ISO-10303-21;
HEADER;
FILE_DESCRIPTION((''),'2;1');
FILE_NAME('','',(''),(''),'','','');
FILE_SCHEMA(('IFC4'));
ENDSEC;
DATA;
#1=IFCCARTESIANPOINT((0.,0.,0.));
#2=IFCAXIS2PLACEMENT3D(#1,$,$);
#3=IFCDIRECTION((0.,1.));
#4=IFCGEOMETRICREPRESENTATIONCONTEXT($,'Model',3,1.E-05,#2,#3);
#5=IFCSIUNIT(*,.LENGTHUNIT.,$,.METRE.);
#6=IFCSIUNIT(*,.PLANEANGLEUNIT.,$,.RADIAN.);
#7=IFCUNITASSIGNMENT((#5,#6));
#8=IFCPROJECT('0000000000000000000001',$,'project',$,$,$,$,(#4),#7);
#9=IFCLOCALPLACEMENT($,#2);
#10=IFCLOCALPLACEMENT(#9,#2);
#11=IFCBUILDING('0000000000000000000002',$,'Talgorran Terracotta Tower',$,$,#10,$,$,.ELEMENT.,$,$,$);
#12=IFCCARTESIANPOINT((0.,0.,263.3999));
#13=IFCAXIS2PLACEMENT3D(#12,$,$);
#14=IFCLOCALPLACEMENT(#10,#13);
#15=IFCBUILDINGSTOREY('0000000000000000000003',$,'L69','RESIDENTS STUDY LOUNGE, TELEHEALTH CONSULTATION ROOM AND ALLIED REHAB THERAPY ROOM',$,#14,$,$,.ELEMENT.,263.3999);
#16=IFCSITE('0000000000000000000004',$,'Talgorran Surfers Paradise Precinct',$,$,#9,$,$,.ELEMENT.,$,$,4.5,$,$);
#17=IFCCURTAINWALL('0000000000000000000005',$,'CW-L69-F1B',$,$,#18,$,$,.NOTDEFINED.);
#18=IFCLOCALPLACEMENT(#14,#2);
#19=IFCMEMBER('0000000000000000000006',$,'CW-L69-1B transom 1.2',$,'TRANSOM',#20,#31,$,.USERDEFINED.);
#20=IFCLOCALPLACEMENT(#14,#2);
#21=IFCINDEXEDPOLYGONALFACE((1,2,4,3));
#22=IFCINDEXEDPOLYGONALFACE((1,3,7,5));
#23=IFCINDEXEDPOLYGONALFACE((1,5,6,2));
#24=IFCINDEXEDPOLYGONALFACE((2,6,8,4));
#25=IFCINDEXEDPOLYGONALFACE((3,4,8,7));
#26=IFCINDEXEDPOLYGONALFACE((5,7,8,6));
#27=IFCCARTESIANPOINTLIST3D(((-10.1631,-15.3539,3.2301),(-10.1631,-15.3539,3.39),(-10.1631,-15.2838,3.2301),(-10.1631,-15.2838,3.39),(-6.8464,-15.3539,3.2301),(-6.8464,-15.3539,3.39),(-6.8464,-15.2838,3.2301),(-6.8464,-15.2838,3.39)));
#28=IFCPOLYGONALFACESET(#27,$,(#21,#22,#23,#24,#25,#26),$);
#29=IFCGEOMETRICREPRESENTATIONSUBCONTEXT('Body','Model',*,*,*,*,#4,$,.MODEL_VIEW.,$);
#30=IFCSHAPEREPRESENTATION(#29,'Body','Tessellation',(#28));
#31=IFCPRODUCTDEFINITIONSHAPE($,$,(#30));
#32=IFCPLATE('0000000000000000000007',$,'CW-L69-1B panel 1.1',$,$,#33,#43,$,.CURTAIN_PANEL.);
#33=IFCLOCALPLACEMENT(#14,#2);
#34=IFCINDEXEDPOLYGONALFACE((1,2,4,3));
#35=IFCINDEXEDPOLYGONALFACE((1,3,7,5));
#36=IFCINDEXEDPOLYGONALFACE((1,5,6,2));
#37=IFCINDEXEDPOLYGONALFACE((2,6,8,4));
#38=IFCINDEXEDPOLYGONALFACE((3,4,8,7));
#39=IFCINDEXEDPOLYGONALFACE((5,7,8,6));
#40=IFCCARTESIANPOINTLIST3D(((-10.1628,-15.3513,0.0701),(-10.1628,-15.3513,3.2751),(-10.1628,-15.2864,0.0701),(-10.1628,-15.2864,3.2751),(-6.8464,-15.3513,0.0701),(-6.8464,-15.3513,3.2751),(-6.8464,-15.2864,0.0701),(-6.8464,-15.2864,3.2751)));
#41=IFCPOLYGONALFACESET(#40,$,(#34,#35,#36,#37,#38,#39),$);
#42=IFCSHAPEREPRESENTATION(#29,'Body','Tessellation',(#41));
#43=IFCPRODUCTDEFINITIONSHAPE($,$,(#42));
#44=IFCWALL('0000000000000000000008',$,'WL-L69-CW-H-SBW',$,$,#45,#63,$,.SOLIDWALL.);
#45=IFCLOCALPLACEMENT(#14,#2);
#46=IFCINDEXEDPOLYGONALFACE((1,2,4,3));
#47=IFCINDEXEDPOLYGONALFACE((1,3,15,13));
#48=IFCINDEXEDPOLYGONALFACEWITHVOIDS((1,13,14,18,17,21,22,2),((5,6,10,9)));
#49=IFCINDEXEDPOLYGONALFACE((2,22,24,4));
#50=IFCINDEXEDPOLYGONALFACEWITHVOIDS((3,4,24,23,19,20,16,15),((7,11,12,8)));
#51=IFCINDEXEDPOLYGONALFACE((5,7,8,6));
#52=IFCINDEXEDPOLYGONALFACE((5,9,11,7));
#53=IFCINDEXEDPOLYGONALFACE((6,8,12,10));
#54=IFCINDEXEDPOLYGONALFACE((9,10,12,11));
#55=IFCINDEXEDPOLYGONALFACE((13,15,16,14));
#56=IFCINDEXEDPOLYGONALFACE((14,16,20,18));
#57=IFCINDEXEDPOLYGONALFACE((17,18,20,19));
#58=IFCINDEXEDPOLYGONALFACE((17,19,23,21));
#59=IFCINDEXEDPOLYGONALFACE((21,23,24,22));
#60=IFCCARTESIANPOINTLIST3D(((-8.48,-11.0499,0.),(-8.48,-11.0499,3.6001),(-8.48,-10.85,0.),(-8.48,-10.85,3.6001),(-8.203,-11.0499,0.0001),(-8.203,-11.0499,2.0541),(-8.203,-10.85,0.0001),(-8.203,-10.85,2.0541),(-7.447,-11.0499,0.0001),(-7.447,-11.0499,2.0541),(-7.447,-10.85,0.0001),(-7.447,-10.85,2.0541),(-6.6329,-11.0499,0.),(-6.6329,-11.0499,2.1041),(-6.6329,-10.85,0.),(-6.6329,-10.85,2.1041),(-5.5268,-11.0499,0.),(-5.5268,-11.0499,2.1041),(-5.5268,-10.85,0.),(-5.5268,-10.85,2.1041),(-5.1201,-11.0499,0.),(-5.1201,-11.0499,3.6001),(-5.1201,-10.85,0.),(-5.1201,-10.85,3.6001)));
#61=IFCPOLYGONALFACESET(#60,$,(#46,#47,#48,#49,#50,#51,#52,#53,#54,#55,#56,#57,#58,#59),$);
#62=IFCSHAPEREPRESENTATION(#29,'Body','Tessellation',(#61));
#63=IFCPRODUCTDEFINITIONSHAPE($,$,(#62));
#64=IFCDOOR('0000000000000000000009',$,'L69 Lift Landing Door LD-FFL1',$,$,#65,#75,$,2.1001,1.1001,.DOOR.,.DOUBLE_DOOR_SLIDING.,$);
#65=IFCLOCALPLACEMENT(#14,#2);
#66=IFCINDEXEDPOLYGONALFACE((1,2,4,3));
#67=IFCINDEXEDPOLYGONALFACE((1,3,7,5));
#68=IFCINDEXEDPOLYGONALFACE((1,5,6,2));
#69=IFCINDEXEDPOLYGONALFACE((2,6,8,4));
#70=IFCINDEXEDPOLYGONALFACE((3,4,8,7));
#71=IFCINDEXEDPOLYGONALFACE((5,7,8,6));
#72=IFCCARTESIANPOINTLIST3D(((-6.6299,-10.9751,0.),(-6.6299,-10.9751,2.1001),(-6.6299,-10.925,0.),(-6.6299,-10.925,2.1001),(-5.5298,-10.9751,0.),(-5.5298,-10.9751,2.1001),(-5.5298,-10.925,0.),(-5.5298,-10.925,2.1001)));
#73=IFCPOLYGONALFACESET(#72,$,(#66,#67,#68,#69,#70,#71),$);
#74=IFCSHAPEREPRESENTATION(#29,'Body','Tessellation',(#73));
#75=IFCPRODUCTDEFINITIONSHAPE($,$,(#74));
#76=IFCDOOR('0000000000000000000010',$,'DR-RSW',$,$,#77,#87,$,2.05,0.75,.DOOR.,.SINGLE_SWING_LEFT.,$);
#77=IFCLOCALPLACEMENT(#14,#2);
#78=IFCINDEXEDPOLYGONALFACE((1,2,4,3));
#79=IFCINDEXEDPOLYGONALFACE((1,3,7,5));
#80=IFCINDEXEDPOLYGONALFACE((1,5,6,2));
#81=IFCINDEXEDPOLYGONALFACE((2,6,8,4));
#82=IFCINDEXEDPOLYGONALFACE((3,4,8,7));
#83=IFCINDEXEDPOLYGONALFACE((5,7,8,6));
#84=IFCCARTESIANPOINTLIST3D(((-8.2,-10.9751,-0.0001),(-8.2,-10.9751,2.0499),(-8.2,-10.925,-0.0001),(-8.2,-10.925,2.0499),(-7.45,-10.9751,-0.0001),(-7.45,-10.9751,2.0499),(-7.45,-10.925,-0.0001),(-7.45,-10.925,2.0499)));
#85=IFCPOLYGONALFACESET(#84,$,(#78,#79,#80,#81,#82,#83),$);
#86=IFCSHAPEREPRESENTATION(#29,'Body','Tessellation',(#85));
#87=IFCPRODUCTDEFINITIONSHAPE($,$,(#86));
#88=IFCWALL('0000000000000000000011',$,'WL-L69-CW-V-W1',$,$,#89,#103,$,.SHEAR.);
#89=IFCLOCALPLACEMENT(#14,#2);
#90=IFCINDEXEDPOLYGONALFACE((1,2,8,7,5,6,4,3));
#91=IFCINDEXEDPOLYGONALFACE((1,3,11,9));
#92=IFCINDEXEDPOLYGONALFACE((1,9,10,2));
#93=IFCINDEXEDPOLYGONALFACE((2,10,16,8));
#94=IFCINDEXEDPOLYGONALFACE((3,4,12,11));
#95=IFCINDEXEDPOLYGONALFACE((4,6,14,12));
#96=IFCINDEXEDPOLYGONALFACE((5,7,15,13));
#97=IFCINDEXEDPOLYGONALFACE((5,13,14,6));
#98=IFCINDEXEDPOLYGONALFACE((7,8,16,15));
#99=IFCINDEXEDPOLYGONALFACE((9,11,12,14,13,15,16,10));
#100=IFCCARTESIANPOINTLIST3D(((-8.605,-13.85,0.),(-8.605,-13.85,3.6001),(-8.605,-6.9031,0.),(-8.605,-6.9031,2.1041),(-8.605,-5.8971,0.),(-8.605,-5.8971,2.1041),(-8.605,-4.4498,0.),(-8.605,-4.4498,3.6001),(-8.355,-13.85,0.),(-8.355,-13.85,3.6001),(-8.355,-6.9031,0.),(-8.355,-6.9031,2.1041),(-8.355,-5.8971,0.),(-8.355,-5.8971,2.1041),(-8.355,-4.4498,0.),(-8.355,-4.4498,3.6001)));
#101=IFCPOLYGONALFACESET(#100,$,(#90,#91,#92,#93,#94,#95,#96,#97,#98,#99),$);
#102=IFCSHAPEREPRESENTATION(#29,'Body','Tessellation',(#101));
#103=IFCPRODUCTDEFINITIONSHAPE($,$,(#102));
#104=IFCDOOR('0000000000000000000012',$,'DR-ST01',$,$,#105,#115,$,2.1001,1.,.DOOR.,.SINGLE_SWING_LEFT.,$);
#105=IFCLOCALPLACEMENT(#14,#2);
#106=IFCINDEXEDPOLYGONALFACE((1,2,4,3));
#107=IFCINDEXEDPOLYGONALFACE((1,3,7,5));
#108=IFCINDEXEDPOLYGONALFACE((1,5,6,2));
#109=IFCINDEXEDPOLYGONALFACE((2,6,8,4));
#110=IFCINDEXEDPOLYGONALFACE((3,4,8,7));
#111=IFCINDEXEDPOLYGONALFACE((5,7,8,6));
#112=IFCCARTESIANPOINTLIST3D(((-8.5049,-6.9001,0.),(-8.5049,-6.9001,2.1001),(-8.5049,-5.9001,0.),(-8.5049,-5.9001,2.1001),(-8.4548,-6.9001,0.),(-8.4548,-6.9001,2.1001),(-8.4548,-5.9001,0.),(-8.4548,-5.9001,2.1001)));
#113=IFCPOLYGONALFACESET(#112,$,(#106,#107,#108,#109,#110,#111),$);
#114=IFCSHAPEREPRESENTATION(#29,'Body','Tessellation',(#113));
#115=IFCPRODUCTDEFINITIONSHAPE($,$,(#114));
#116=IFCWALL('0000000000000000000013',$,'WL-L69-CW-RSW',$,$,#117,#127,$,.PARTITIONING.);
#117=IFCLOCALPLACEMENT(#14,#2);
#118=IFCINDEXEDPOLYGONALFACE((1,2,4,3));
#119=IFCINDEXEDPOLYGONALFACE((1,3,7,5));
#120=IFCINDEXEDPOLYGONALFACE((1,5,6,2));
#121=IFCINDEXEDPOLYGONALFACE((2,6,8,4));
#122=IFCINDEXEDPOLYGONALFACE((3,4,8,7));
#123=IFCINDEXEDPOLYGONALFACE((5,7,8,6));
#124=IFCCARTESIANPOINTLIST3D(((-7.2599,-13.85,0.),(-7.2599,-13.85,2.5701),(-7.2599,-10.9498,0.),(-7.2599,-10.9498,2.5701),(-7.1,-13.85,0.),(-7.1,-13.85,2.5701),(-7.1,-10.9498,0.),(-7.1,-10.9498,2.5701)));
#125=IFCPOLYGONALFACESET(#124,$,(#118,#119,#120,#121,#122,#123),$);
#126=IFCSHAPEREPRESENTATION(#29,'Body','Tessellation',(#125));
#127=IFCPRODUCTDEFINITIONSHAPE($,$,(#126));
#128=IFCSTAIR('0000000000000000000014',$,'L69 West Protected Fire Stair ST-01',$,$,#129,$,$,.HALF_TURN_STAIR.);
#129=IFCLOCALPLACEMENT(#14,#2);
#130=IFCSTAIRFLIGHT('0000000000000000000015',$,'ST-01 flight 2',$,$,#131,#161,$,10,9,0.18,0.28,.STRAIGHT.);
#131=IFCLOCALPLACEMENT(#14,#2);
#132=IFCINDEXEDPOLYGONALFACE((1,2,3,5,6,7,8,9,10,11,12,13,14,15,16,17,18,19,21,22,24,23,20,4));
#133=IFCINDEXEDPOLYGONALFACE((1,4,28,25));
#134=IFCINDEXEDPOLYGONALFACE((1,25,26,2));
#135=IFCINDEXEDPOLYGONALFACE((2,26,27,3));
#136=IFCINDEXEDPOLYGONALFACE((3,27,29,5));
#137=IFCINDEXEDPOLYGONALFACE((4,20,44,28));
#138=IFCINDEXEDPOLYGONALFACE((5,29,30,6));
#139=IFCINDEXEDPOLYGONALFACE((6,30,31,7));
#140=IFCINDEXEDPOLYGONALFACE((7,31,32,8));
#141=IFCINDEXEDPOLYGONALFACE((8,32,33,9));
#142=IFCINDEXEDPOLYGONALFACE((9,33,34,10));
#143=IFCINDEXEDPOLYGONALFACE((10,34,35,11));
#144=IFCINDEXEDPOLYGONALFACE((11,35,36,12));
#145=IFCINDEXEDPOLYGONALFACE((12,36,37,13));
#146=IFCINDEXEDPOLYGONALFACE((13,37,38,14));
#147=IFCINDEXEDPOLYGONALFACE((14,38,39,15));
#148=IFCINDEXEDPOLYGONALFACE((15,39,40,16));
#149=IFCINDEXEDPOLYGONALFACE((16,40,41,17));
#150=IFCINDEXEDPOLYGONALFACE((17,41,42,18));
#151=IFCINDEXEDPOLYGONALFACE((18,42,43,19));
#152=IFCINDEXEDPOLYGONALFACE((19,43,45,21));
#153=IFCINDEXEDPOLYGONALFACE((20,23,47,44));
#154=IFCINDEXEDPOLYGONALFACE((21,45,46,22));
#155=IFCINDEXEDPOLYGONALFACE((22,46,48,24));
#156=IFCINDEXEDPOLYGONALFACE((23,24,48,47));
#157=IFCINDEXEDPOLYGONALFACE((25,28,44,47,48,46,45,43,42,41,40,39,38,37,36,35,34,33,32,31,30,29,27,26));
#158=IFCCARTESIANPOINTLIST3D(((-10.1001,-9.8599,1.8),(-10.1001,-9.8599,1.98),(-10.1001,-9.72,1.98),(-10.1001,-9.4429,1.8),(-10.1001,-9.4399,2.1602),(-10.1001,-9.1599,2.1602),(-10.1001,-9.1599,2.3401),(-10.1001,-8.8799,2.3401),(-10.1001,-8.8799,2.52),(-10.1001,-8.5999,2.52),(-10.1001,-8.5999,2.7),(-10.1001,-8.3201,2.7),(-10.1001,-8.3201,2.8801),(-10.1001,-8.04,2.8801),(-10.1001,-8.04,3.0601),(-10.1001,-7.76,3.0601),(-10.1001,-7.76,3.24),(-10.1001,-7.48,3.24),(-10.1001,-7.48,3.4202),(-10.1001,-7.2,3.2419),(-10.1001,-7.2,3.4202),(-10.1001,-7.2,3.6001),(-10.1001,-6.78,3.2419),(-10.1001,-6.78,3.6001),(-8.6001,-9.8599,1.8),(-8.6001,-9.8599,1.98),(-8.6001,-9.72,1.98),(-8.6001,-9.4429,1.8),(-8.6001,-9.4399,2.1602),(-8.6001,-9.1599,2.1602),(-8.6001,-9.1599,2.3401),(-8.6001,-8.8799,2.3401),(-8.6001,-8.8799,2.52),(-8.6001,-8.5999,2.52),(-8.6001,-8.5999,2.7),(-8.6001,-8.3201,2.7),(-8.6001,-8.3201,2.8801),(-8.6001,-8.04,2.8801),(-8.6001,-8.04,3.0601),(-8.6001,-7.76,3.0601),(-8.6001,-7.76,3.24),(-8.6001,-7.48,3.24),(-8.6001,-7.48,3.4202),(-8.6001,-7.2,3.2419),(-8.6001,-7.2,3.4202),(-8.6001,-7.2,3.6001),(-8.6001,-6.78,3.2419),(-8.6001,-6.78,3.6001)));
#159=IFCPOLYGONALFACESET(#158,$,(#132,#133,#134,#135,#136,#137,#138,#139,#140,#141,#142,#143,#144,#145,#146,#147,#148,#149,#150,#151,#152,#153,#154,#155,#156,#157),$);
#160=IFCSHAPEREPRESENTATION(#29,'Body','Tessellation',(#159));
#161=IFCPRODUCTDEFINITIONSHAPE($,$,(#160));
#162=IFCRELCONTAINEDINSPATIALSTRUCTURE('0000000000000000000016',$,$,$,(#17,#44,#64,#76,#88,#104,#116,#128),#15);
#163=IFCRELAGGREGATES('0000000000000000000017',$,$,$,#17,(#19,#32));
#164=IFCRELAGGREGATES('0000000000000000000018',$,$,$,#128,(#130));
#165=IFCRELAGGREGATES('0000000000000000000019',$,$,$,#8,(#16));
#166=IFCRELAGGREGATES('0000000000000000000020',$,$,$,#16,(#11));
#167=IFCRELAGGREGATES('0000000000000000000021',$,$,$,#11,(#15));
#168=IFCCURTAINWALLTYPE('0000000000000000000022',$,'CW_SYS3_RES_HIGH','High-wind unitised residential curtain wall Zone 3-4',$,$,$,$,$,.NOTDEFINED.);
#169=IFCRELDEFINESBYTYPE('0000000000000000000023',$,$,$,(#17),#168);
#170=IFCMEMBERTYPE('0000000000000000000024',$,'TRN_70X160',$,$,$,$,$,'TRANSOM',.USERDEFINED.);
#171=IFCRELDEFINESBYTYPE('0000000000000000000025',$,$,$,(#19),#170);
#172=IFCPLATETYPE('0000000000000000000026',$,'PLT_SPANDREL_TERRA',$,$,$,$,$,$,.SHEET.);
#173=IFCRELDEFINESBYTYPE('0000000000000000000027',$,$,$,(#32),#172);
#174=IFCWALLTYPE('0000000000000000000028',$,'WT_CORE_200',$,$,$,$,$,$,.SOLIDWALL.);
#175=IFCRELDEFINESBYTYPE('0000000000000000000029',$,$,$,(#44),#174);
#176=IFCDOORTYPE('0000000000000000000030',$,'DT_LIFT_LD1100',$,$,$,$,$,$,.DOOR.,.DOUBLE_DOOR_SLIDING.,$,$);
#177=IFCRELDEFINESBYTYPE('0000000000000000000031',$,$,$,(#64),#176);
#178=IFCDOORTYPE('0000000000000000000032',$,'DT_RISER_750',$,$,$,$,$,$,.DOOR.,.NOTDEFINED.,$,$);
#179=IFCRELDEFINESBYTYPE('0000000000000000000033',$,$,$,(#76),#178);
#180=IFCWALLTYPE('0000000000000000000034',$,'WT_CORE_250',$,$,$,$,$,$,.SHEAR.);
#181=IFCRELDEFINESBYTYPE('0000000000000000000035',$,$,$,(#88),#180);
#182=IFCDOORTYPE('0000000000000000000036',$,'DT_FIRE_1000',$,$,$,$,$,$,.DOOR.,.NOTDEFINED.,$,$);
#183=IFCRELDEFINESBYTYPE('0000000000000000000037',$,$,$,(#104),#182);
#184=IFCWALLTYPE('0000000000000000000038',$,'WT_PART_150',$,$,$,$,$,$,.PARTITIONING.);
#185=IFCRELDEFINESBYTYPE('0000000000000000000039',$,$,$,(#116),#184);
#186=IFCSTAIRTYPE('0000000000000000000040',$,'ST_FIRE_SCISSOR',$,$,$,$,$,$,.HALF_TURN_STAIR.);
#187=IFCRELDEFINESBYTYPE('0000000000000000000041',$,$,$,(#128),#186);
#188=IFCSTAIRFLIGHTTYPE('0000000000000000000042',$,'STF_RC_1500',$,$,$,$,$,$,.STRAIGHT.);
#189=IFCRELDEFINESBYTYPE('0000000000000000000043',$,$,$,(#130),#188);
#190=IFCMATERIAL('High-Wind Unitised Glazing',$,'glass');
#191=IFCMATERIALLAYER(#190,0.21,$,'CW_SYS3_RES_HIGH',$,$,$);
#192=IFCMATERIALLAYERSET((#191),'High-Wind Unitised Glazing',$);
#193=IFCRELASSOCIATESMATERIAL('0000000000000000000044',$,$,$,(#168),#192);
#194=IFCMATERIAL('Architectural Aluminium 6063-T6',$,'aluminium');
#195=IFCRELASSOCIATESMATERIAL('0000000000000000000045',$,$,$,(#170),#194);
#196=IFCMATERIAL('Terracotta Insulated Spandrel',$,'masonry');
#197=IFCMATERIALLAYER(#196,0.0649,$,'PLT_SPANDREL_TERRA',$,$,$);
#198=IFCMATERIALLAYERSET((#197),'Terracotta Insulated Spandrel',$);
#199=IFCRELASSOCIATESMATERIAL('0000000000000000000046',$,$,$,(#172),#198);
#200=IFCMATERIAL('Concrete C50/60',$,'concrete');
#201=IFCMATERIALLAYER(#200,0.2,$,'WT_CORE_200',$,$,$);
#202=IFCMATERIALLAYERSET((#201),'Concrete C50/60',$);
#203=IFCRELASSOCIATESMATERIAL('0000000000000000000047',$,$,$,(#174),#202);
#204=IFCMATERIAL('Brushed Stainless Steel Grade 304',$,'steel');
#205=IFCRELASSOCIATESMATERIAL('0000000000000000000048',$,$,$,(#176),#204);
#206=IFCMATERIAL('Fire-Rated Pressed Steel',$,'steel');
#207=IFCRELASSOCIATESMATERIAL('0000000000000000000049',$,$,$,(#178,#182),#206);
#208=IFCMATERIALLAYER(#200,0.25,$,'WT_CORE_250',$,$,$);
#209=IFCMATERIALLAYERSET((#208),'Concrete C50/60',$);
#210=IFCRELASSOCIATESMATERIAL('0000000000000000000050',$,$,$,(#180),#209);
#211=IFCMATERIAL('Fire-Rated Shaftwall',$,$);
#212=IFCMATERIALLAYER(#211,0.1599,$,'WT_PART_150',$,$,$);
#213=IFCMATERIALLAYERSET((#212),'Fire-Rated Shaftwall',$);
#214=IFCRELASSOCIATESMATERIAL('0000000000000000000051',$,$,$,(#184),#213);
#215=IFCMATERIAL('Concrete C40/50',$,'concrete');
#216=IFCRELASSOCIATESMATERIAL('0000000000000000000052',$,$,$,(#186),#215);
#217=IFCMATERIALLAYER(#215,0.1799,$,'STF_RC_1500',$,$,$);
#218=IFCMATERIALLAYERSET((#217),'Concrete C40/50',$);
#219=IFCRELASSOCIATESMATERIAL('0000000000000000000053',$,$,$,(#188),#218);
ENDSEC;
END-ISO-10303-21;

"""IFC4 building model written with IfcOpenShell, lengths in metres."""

from ifc_helpers import new_model, si_unit, direction, frame, frame_2d, origin, origin_2d, place, context, subcontext, project, spatial, polyline, rectangle, outline, extrude, source, transform, mapped, material, layer, layer_set, material_profile, profile_set, type_object, type_shapes, element, fill, aggregate, save


model = new_model("IFC4")

# Units and contexts
model_context = context("Model", 3, precision=1e-05, world=origin(), true_north=direction((0.0, 1.0)))
body_context = subcontext(model_context, "Body", "Model", "MODEL_VIEW")
ifc_project = project(units=[si_unit("LENGTHUNIT", "METRE"), si_unit("PLANEANGLEUNIT", "RADIAN")], contexts=[model_context])

# Site, building, storey
site_placement = place(None, origin())
site = spatial("IfcSite", under=ifc_project, at=site_placement, Name="Talgorran Surfers Paradise Precinct", CompositionType="ELEMENT", RefElevation=4.5)
building_placement = place(site_placement, origin())
building = spatial("IfcBuilding", under=site, at=building_placement, Name="Talgorran Terracotta Tower", CompositionType="ELEMENT")
storey_placement = place(building_placement, frame((0.0, 0.0, 263.3999)))
storey = spatial("IfcBuildingStorey", under=building, at=storey_placement, Name="L69", Description="RESIDENTS STUDY LOUNGE, TELEHEALTH CONSULTATION ROOM AND ALLIED REHAB THERAPY ROOM", CompositionType="ELEMENT", Elevation=263.3999)

# Shared definitions
ifc_material_1 = material(Name="Concrete C50/60", Category="concrete")

# Shared definitions
ifc_material_2 = material(Name="High-Wind Unitised Glazing", Category="glass")
ifc_layer_1 = layer(ifc_material_2, 0.21, Name="CW_SYS3_RES_HIGH")
ifc_layer_set_1 = layer_set([ifc_layer_1], Name="High-Wind Unitised Glazing")
curtain_wall_type = type_object("IfcCurtainWallType", Name="CW_SYS3_RES_HIGH", Description="High-wind unitised residential curtain wall Zone 3-4", PredefinedType="NOTDEFINED", material=ifc_layer_set_1)
ifc_material_3 = material(Name="Architectural Aluminium 6063-T6", Category="aluminium")

# Curtain wall
curtain_wall_1_placement = place(storey_placement, origin())
curtain_wall_1 = element("IfcCurtainWall", 1, at=curtain_wall_1_placement, inside=storey, type_object=curtain_wall_type, Name="CW-L69-F1B", PredefinedType="NOTDEFINED")

# Member
ifc_material_profile_1 = material_profile(ifc_material_3, rectangle(XDim=0.0701, YDim=0.1599, at=origin_2d()), Name="CWT70X160")
ifc_profile_set_1 = profile_set([ifc_material_profile_1], Name="Architectural Aluminium 6063-T6")
member_type_1 = type_object("IfcMemberType", Name="TRN_70X160", ElementType="TRANSOM", PredefinedType="USERDEFINED", material=ifc_profile_set_1)
member_1_placement = place(storey_placement, frame((-10.1631, -15.3188, 3.3101), z_axis=(1.0, 0.0, 0.0), x_axis=(0.0, 1.0, 0.0)))
member_1 = element("IfcMember", 2, at=member_1_placement, type_object=member_type_1, Name="CW-L69-1B transom 1.2", ObjectType="TRANSOM", PredefinedType="USERDEFINED", context=body_context, shape_type="SweptSolid", body=[
    extrude(rectangle(XDim=0.0701, YDim=0.1599, at=origin_2d()), origin(), (0.0, 0.0, 1.0), 3.3167),
])

# Plate
ifc_material_4 = material(Name="Terracotta Insulated Spandrel", Category="masonry")
ifc_layer_2 = layer(ifc_material_4, 0.0649, Name="PLT_SPANDREL_TERRA")
ifc_layer_set_2 = layer_set([ifc_layer_2], Name="Terracotta Insulated Spandrel")
plate_type = type_object("IfcPlateType", Name="PLT_SPANDREL_TERRA", PredefinedType="SHEET", material=ifc_layer_set_2)
shared_shape = source(origin(), body_context, "Body", "SweptSolid", [
    extrude(rectangle(XDim=3.3164, YDim=0.0649, at=origin_2d()), origin(), (0.0, 0.0, 1.0), 3.2051),
])
type_shapes(plate_type, [shared_shape])
plate_placement = place(storey_placement, frame((-8.5046, -15.3188, 0.0701), z_axis=(0.0, 0.0, 1.0), x_axis=(1.0, 0.0, 0.0)))
plate = element("IfcPlate", 3, at=plate_placement, type_object=plate_type, Name="CW-L69-1B panel 1.1", PredefinedType="CURTAIN_PANEL", context=body_context, shape_type="MappedRepresentation", body=[
    mapped(shared_shape, transform((0.0, 0.0, 0.0), scale=1.0)),
])
aggregate(curtain_wall_1, [member_1, plate])

# Wall, openings, doors
ifc_layer_3 = layer(ifc_material_1, 0.2, Name="WT_CORE_200")
ifc_layer_set_3 = layer_set([ifc_layer_3], Name="Concrete C50/60")
wall_type_1 = type_object("IfcWallType", Name="WT_CORE_200", PredefinedType="SOLIDWALL", material=ifc_layer_set_3)
wall_1_placement = place(storey_placement, frame((-8.48, -10.95, 0.0), z_axis=(0.0, 0.0, 1.0), x_axis=(1.0, 0.0, 0.0)))
wall_1 = element("IfcWall", 4, at=wall_1_placement, inside=storey, type_object=wall_type_1, Name="WL-L69-CW-H-SBW", PredefinedType="SOLIDWALL", context=body_context, shape_type="SweptSolid", body=[
    extrude(rectangle(XDim=3.3599, YDim=0.2, at=frame_2d((1.6799, 0.0))), origin(), (0.0, 0.0, 1.0), 3.6001),
])
opening_1_placement = place(wall_1_placement, frame((0.28, 0.0, 0.0)))
opening_1 = element("IfcOpeningElement", 5, at=opening_1_placement, cuts=wall_1, PredefinedType="OPENING", context=body_context, shape_type="SweptSolid", body=[
    extrude(rectangle(XDim=0.756, YDim=2.054, at=frame_2d((0.375, 1.0271))), frame((0.0, 0.1099, 0.0), z_axis=(0.0, -1.0, 0.0), x_axis=(1.0, 0.0, 0.0)), (0.0, 0.0, 1.0), 0.22),
])
opening_2_placement = place(wall_1_placement, frame((1.8501, 0.0, 0.0)))
opening_2 = element("IfcOpeningElement", 6, at=opening_2_placement, cuts=wall_1, PredefinedType="OPENING", context=body_context, shape_type="SweptSolid", body=[
    extrude(rectangle(XDim=1.1061, YDim=2.1041, at=frame_2d((0.55, 1.052))), frame((0.0, 0.1099, 0.0), z_axis=(0.0, -1.0, 0.0), x_axis=(1.0, 0.0, 0.0)), (0.0, 0.0, 1.0), 0.22),
])
ifc_material_5 = material(Name="Brushed Stainless Steel Grade 304", Category="steel")
door_type_1 = type_object("IfcDoorType", Name="DT_LIFT_LD1100", OperationType="DOUBLE_DOOR_SLIDING", PredefinedType="DOOR", material=ifc_material_5)
door_1_placement = place(opening_2_placement, origin())
door_1 = element("IfcDoor", 7, at=door_1_placement, inside=storey, type_object=door_type_1, Name="L69 Lift Landing Door LD-FFL1", OperationType="DOUBLE_DOOR_SLIDING", OverallHeight=2.1001, OverallWidth=1.1001, PredefinedType="DOOR", context=body_context, shape_type="SweptSolid", body=[
    extrude(rectangle(XDim=1.1001, YDim=2.1001, at=frame_2d((0.55, 1.05))), frame((0.0, 0.0249, 0.0), z_axis=(0.0, -1.0, 0.0), x_axis=(1.0, 0.0, 0.0)), (0.0, 0.0, 1.0), 0.05),
])
fill(opening_2, door_1)
ifc_material_6 = material(Name="Fire-Rated Pressed Steel", Category="steel")
door_type_2 = type_object("IfcDoorType", Name="DT_RISER_750", OperationType="NOTDEFINED", PredefinedType="DOOR", material=ifc_material_6)
door_2_placement = place(opening_1_placement, origin())
door_2 = element("IfcDoor", 8, at=door_2_placement, inside=storey, type_object=door_type_2, Name="DR-RSW", OperationType="SINGLE_SWING_LEFT", OverallHeight=2.05, OverallWidth=0.75, PredefinedType="DOOR", context=body_context, shape_type="SweptSolid", body=[
    extrude(rectangle(XDim=0.75, YDim=2.05, at=frame_2d((0.375, 1.0249))), frame((0.0, 0.0249, 0.0), z_axis=(0.0, -1.0, 0.0), x_axis=(1.0, 0.0, 0.0)), (0.0, 0.0, 1.0), 0.05),
])
fill(opening_1, door_2)

# Wall, opening, door
ifc_layer_4 = layer(ifc_material_1, 0.25, Name="WT_CORE_250")
ifc_layer_set_4 = layer_set([ifc_layer_4], Name="Concrete C50/60")
wall_type_2 = type_object("IfcWallType", Name="WT_CORE_250", PredefinedType="SHEAR", material=ifc_layer_set_4)
wall_2_placement = place(storey_placement, frame((-8.48, -13.8501, 0.0), z_axis=(0.0, 0.0, 1.0), x_axis=(0.0, 1.0, 0.0)))
wall_2 = element("IfcWall", 9, at=wall_2_placement, inside=storey, type_object=wall_type_2, Name="WL-L69-CW-V-W1", PredefinedType="SHEAR", context=body_context, shape_type="SweptSolid", body=[
    extrude(rectangle(XDim=9.4001, YDim=0.25, at=frame_2d((4.7002, 0.0))), origin(), (0.0, 0.0, 1.0), 3.6001),
])
opening_3_placement = place(wall_2_placement, frame((6.95, 0.0, 0.0)))
opening_3 = element("IfcOpeningElement", 10, at=opening_3_placement, cuts=wall_2, PredefinedType="OPENING", context=body_context, shape_type="SweptSolid", body=[
    extrude(rectangle(XDim=1.006, YDim=2.1041, at=frame_2d((0.5, 1.052))), frame((0.0, 0.135, 0.0), z_axis=(0.0, -1.0, 0.0), x_axis=(1.0, 0.0, 0.0)), (0.0, 0.0, 1.0), 0.27),
])
door_type_3 = type_object("IfcDoorType", Name="DT_FIRE_1000", OperationType="NOTDEFINED", PredefinedType="DOOR", material=ifc_material_6)
door_3_placement = place(opening_3_placement, origin())
door_3 = element("IfcDoor", 11, at=door_3_placement, inside=storey, type_object=door_type_3, Name="DR-ST01", OperationType="SINGLE_SWING_LEFT", OverallHeight=2.1001, OverallWidth=1.0, PredefinedType="DOOR", context=body_context, shape_type="SweptSolid", body=[
    extrude(rectangle(XDim=1.0, YDim=2.1001, at=frame_2d((0.5, 1.05))), frame((0.0, 0.0249, 0.0), z_axis=(0.0, -1.0, 0.0), x_axis=(1.0, 0.0, 0.0)), (0.0, 0.0, 1.0), 0.05),
])
fill(opening_3, door_3)

# Wall
ifc_material_7 = material(Name="Fire-Rated Shaftwall")
ifc_layer_5 = layer(ifc_material_7, 0.1599, Name="WT_PART_150")
ifc_layer_set_5 = layer_set([ifc_layer_5], Name="Fire-Rated Shaftwall")
wall_type_3 = type_object("IfcWallType", Name="WT_PART_150", PredefinedType="PARTITIONING", material=ifc_layer_set_5)
wall_3_placement = place(storey_placement, frame((-7.1799, -13.8501, 0.0), z_axis=(0.0, 0.0, 1.0), x_axis=(0.0, 1.0, 0.0)))
element("IfcWall", 12, at=wall_3_placement, inside=storey, type_object=wall_type_3, Name="WL-L69-CW-RSW", PredefinedType="PARTITIONING", context=body_context, shape_type="SweptSolid", body=[
    extrude(rectangle(XDim=2.9001, YDim=0.1599, at=frame_2d((1.4502, 0.0))), origin(), (0.0, 0.0, 1.0), 2.5701),
])

# Stair, stair flight
ifc_material_8 = material(Name="Concrete C40/50", Category="concrete")
stair_type = type_object("IfcStairType", Name="ST_FIRE_SCISSOR", PredefinedType="HALF_TURN_STAIR", material=ifc_material_8)
stair_placement = place(storey_placement, origin())
stair = element("IfcStair", 13, at=stair_placement, inside=storey, type_object=stair_type, Name="L69 West Protected Fire Stair ST-01", PredefinedType="HALF_TURN_STAIR")
ifc_layer_6 = layer(ifc_material_8, 0.1799, Name="STF_RC_1500")
ifc_layer_set_6 = layer_set([ifc_layer_6], Name="Concrete C40/50")
stair_flight_type = type_object("IfcStairFlightType", Name="STF_RC_1500", PredefinedType="STRAIGHT", material=ifc_layer_set_6)
stair_flight_placement = place(storey_placement, frame((-9.3501, -9.72, 1.8), z_axis=(0.0, 0.0, 1.0), x_axis=(0.0, 1.0, 0.0)))
stair_flight = element("IfcStairFlight", 14, at=stair_flight_placement, type_object=stair_flight_type, Name="ST-01 flight 2", NumberOfRisers=10, NumberOfTreads=9, PredefinedType="STRAIGHT", RiserHeight=0.18, TreadLength=0.28, context=body_context, shape_type="SweptSolid", body=[
    extrude(outline(polyline([(-0.1399, 0.0), (-0.1399, 0.1799), (0.0, 0.1799), (0.28, 0.3601), (0.5601, 0.3601), (0.5601, 0.54), (0.8401, 0.54), (0.8401, 0.72), (1.1201, 0.72), (1.1201, 0.8999), (1.3999, 0.8999), (1.3999, 1.0801), (1.6799, 1.0801), (1.6799, 1.26), (1.96, 1.26), (1.96, 1.4399), (2.24, 1.4399), (2.24, 1.6201), (2.52, 1.6201), (2.52, 1.8), (2.9399, 1.8), (2.9399, 1.4419), (2.52, 1.4419), (0.2771, 0.0), (-0.1399, 0.0)])), frame((0.0, 0.75, 0.0), z_axis=(0.0, -1.0, 0.0), x_axis=(1.0, 0.0, 0.0)), (0.0, 0.0, 1.0), 1.5),
])
aggregate(stair, [stair_flight])

save(model, "model.ifc")
